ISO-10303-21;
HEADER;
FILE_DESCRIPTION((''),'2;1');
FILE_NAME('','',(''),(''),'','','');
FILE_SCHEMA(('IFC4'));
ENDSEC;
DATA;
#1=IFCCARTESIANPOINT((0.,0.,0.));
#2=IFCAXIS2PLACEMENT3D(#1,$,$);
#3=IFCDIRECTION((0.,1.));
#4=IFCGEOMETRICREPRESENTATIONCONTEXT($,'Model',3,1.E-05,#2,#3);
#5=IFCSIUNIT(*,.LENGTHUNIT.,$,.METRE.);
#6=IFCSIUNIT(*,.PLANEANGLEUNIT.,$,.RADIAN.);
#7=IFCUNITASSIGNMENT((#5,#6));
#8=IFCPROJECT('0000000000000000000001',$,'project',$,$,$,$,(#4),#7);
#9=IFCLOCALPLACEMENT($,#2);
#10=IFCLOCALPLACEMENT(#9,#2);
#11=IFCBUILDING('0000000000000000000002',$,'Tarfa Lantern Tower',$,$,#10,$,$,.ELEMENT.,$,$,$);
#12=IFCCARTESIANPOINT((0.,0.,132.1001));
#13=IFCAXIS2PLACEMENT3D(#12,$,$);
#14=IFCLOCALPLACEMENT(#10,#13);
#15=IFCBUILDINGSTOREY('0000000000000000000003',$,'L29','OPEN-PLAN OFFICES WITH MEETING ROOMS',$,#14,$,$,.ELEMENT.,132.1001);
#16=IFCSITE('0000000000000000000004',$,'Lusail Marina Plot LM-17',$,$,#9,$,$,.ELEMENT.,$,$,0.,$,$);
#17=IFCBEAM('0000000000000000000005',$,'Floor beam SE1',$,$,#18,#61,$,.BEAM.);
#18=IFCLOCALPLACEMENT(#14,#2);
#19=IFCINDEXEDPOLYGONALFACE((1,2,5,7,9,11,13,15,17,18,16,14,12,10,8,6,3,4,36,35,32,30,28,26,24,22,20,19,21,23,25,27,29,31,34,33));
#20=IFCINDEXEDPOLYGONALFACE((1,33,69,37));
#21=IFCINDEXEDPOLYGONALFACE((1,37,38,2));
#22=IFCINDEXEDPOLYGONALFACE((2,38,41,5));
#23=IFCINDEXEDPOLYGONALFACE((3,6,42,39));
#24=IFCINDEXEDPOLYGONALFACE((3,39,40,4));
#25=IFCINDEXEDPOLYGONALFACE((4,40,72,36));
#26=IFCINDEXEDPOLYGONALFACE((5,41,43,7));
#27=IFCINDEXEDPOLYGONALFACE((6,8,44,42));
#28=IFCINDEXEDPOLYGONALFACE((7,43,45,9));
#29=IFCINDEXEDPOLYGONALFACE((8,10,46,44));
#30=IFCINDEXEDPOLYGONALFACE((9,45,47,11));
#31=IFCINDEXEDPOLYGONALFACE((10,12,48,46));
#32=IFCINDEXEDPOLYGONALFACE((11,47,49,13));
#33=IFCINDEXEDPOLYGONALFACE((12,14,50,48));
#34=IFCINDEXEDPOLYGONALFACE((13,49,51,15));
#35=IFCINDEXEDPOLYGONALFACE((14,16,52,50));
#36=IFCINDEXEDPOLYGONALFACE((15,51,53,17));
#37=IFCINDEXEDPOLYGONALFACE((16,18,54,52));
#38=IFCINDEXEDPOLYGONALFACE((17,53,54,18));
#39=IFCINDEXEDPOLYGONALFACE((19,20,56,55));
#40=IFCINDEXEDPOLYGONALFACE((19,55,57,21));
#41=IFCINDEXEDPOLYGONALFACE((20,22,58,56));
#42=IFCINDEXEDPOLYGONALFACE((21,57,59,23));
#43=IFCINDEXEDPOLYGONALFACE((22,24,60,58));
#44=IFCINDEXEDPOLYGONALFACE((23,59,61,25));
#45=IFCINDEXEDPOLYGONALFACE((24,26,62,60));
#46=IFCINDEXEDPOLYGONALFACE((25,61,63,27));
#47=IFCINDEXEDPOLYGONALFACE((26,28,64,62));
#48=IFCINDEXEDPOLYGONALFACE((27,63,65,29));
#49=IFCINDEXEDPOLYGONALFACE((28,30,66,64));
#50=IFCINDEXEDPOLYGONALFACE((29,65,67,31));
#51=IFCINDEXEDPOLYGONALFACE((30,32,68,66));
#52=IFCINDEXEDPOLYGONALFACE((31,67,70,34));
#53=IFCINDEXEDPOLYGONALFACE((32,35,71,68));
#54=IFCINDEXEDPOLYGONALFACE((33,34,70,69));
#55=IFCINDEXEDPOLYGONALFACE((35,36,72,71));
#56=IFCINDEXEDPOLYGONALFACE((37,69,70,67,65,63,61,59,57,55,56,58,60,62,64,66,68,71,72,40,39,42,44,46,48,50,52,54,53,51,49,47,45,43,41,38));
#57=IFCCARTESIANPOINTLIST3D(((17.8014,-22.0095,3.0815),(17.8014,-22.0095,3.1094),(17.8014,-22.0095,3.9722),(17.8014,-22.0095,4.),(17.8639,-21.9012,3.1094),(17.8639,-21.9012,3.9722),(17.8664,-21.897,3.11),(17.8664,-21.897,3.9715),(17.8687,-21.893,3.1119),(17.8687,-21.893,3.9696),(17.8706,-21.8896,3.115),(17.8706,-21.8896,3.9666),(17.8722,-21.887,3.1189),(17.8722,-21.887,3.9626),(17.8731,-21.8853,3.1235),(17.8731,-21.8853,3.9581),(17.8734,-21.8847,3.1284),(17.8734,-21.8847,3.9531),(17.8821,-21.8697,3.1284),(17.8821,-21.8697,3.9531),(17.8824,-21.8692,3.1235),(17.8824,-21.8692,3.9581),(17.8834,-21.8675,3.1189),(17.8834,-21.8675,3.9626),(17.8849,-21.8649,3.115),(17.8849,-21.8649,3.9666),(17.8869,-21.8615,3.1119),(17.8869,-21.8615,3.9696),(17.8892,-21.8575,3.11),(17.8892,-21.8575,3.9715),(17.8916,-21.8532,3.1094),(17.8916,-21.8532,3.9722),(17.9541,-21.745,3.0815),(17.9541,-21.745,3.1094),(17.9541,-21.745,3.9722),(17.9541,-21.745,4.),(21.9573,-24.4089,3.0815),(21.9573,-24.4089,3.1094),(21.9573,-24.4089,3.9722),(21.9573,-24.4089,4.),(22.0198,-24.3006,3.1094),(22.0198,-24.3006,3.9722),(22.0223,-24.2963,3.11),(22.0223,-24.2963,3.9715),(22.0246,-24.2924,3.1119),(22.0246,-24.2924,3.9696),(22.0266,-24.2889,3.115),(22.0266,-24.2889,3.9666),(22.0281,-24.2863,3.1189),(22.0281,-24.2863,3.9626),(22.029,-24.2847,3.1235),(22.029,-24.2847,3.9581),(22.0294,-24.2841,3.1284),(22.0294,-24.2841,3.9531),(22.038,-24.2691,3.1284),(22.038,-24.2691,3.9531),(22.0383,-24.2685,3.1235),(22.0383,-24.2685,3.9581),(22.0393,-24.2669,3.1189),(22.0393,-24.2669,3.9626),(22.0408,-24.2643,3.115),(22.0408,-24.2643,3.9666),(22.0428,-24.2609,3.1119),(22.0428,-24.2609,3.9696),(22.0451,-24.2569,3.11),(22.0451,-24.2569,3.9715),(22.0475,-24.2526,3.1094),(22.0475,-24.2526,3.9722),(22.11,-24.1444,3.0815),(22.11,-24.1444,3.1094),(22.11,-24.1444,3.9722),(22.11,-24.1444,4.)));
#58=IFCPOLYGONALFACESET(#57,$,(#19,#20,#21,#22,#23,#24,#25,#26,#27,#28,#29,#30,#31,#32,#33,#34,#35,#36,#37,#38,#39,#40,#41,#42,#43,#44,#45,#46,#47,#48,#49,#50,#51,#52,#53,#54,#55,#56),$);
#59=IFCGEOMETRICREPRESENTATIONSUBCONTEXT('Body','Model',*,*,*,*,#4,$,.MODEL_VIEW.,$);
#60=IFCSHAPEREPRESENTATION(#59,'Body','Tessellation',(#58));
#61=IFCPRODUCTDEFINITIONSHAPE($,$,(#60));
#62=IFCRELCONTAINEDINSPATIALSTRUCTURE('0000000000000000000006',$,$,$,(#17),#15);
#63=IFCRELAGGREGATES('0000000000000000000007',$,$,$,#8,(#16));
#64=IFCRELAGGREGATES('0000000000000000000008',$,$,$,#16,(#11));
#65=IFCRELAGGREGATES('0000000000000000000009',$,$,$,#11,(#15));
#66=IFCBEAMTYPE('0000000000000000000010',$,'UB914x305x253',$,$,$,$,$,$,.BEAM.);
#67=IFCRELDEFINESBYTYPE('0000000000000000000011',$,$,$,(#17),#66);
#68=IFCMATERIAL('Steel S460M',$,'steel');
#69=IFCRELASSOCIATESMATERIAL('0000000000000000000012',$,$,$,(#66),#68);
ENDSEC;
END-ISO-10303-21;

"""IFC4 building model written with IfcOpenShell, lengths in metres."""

from ifc_helpers import new_model, si_unit, direction, frame, origin, origin_2d, place, context, subcontext, project, spatial, i_section, extrude, material, material_profile, profile_set, type_object, element, save


model = new_model("IFC4")

# Units and contexts
model_context = context("Model", 3, precision=1e-05, world=origin(), true_north=direction((0.0, 1.0)))
body_context = subcontext(model_context, "Body", "Model", "MODEL_VIEW")
ifc_project = project(units=[si_unit("LENGTHUNIT", "METRE"), si_unit("PLANEANGLEUNIT", "RADIAN")], contexts=[model_context])

# Site, building, storey
site_placement = place(None, origin())
site = spatial("IfcSite", under=ifc_project, at=site_placement, Name="Lusail Marina Plot LM-17", CompositionType="ELEMENT", RefElevation=0.0)
building_placement = place(site_placement, origin())
building = spatial("IfcBuilding", under=site, at=building_placement, Name="Tarfa Lantern Tower", CompositionType="ELEMENT")
storey_placement = place(building_placement, frame((0.0, 0.0, 132.1001)))
storey = spatial("IfcBuildingStorey", under=building, at=storey_placement, Name="L29", Description="OPEN-PLAN OFFICES WITH MEETING ROOMS", CompositionType="ELEMENT", Elevation=132.1001)

# Beam
ifc_material_1 = material(Name="Steel S460M", Category="steel")
ifc_material_profile_1 = material_profile(ifc_material_1, i_section(OverallWidth=0.3054, OverallDepth=0.9185, WebThickness=0.0173, FlangeThickness=0.0278, FilletRadius=0.019, at=origin_2d()), Name="UB914x305x253")
ifc_profile_set_1 = profile_set([ifc_material_profile_1], Name="Steel S460M")
beam_type_1 = type_object("IfcBeamType", Name="UB914x305x253", PredefinedType="BEAM", material=ifc_profile_set_1)
beam_1_placement = place(storey_placement, frame((22.0337, -24.2766, 3.5408), z_axis=(-0.866031, 0.499991, 0.0), x_axis=(-0.499991, -0.866031, 0.0)))
element("IfcBeam", 1, at=beam_1_placement, inside=storey, type_object=beam_type_1, Name="Floor beam SE1", PredefinedType="BEAM", context=body_context, shape_type="SweptSolid", body=[
    extrude(i_section(OverallWidth=0.3054, OverallDepth=0.9185, WebThickness=0.0173, FlangeThickness=0.0278, FilletRadius=0.019, at=origin_2d()), origin(), (0.0, 0.0, 1.0), 4.7988),
])

save(model, "model.ifc")
